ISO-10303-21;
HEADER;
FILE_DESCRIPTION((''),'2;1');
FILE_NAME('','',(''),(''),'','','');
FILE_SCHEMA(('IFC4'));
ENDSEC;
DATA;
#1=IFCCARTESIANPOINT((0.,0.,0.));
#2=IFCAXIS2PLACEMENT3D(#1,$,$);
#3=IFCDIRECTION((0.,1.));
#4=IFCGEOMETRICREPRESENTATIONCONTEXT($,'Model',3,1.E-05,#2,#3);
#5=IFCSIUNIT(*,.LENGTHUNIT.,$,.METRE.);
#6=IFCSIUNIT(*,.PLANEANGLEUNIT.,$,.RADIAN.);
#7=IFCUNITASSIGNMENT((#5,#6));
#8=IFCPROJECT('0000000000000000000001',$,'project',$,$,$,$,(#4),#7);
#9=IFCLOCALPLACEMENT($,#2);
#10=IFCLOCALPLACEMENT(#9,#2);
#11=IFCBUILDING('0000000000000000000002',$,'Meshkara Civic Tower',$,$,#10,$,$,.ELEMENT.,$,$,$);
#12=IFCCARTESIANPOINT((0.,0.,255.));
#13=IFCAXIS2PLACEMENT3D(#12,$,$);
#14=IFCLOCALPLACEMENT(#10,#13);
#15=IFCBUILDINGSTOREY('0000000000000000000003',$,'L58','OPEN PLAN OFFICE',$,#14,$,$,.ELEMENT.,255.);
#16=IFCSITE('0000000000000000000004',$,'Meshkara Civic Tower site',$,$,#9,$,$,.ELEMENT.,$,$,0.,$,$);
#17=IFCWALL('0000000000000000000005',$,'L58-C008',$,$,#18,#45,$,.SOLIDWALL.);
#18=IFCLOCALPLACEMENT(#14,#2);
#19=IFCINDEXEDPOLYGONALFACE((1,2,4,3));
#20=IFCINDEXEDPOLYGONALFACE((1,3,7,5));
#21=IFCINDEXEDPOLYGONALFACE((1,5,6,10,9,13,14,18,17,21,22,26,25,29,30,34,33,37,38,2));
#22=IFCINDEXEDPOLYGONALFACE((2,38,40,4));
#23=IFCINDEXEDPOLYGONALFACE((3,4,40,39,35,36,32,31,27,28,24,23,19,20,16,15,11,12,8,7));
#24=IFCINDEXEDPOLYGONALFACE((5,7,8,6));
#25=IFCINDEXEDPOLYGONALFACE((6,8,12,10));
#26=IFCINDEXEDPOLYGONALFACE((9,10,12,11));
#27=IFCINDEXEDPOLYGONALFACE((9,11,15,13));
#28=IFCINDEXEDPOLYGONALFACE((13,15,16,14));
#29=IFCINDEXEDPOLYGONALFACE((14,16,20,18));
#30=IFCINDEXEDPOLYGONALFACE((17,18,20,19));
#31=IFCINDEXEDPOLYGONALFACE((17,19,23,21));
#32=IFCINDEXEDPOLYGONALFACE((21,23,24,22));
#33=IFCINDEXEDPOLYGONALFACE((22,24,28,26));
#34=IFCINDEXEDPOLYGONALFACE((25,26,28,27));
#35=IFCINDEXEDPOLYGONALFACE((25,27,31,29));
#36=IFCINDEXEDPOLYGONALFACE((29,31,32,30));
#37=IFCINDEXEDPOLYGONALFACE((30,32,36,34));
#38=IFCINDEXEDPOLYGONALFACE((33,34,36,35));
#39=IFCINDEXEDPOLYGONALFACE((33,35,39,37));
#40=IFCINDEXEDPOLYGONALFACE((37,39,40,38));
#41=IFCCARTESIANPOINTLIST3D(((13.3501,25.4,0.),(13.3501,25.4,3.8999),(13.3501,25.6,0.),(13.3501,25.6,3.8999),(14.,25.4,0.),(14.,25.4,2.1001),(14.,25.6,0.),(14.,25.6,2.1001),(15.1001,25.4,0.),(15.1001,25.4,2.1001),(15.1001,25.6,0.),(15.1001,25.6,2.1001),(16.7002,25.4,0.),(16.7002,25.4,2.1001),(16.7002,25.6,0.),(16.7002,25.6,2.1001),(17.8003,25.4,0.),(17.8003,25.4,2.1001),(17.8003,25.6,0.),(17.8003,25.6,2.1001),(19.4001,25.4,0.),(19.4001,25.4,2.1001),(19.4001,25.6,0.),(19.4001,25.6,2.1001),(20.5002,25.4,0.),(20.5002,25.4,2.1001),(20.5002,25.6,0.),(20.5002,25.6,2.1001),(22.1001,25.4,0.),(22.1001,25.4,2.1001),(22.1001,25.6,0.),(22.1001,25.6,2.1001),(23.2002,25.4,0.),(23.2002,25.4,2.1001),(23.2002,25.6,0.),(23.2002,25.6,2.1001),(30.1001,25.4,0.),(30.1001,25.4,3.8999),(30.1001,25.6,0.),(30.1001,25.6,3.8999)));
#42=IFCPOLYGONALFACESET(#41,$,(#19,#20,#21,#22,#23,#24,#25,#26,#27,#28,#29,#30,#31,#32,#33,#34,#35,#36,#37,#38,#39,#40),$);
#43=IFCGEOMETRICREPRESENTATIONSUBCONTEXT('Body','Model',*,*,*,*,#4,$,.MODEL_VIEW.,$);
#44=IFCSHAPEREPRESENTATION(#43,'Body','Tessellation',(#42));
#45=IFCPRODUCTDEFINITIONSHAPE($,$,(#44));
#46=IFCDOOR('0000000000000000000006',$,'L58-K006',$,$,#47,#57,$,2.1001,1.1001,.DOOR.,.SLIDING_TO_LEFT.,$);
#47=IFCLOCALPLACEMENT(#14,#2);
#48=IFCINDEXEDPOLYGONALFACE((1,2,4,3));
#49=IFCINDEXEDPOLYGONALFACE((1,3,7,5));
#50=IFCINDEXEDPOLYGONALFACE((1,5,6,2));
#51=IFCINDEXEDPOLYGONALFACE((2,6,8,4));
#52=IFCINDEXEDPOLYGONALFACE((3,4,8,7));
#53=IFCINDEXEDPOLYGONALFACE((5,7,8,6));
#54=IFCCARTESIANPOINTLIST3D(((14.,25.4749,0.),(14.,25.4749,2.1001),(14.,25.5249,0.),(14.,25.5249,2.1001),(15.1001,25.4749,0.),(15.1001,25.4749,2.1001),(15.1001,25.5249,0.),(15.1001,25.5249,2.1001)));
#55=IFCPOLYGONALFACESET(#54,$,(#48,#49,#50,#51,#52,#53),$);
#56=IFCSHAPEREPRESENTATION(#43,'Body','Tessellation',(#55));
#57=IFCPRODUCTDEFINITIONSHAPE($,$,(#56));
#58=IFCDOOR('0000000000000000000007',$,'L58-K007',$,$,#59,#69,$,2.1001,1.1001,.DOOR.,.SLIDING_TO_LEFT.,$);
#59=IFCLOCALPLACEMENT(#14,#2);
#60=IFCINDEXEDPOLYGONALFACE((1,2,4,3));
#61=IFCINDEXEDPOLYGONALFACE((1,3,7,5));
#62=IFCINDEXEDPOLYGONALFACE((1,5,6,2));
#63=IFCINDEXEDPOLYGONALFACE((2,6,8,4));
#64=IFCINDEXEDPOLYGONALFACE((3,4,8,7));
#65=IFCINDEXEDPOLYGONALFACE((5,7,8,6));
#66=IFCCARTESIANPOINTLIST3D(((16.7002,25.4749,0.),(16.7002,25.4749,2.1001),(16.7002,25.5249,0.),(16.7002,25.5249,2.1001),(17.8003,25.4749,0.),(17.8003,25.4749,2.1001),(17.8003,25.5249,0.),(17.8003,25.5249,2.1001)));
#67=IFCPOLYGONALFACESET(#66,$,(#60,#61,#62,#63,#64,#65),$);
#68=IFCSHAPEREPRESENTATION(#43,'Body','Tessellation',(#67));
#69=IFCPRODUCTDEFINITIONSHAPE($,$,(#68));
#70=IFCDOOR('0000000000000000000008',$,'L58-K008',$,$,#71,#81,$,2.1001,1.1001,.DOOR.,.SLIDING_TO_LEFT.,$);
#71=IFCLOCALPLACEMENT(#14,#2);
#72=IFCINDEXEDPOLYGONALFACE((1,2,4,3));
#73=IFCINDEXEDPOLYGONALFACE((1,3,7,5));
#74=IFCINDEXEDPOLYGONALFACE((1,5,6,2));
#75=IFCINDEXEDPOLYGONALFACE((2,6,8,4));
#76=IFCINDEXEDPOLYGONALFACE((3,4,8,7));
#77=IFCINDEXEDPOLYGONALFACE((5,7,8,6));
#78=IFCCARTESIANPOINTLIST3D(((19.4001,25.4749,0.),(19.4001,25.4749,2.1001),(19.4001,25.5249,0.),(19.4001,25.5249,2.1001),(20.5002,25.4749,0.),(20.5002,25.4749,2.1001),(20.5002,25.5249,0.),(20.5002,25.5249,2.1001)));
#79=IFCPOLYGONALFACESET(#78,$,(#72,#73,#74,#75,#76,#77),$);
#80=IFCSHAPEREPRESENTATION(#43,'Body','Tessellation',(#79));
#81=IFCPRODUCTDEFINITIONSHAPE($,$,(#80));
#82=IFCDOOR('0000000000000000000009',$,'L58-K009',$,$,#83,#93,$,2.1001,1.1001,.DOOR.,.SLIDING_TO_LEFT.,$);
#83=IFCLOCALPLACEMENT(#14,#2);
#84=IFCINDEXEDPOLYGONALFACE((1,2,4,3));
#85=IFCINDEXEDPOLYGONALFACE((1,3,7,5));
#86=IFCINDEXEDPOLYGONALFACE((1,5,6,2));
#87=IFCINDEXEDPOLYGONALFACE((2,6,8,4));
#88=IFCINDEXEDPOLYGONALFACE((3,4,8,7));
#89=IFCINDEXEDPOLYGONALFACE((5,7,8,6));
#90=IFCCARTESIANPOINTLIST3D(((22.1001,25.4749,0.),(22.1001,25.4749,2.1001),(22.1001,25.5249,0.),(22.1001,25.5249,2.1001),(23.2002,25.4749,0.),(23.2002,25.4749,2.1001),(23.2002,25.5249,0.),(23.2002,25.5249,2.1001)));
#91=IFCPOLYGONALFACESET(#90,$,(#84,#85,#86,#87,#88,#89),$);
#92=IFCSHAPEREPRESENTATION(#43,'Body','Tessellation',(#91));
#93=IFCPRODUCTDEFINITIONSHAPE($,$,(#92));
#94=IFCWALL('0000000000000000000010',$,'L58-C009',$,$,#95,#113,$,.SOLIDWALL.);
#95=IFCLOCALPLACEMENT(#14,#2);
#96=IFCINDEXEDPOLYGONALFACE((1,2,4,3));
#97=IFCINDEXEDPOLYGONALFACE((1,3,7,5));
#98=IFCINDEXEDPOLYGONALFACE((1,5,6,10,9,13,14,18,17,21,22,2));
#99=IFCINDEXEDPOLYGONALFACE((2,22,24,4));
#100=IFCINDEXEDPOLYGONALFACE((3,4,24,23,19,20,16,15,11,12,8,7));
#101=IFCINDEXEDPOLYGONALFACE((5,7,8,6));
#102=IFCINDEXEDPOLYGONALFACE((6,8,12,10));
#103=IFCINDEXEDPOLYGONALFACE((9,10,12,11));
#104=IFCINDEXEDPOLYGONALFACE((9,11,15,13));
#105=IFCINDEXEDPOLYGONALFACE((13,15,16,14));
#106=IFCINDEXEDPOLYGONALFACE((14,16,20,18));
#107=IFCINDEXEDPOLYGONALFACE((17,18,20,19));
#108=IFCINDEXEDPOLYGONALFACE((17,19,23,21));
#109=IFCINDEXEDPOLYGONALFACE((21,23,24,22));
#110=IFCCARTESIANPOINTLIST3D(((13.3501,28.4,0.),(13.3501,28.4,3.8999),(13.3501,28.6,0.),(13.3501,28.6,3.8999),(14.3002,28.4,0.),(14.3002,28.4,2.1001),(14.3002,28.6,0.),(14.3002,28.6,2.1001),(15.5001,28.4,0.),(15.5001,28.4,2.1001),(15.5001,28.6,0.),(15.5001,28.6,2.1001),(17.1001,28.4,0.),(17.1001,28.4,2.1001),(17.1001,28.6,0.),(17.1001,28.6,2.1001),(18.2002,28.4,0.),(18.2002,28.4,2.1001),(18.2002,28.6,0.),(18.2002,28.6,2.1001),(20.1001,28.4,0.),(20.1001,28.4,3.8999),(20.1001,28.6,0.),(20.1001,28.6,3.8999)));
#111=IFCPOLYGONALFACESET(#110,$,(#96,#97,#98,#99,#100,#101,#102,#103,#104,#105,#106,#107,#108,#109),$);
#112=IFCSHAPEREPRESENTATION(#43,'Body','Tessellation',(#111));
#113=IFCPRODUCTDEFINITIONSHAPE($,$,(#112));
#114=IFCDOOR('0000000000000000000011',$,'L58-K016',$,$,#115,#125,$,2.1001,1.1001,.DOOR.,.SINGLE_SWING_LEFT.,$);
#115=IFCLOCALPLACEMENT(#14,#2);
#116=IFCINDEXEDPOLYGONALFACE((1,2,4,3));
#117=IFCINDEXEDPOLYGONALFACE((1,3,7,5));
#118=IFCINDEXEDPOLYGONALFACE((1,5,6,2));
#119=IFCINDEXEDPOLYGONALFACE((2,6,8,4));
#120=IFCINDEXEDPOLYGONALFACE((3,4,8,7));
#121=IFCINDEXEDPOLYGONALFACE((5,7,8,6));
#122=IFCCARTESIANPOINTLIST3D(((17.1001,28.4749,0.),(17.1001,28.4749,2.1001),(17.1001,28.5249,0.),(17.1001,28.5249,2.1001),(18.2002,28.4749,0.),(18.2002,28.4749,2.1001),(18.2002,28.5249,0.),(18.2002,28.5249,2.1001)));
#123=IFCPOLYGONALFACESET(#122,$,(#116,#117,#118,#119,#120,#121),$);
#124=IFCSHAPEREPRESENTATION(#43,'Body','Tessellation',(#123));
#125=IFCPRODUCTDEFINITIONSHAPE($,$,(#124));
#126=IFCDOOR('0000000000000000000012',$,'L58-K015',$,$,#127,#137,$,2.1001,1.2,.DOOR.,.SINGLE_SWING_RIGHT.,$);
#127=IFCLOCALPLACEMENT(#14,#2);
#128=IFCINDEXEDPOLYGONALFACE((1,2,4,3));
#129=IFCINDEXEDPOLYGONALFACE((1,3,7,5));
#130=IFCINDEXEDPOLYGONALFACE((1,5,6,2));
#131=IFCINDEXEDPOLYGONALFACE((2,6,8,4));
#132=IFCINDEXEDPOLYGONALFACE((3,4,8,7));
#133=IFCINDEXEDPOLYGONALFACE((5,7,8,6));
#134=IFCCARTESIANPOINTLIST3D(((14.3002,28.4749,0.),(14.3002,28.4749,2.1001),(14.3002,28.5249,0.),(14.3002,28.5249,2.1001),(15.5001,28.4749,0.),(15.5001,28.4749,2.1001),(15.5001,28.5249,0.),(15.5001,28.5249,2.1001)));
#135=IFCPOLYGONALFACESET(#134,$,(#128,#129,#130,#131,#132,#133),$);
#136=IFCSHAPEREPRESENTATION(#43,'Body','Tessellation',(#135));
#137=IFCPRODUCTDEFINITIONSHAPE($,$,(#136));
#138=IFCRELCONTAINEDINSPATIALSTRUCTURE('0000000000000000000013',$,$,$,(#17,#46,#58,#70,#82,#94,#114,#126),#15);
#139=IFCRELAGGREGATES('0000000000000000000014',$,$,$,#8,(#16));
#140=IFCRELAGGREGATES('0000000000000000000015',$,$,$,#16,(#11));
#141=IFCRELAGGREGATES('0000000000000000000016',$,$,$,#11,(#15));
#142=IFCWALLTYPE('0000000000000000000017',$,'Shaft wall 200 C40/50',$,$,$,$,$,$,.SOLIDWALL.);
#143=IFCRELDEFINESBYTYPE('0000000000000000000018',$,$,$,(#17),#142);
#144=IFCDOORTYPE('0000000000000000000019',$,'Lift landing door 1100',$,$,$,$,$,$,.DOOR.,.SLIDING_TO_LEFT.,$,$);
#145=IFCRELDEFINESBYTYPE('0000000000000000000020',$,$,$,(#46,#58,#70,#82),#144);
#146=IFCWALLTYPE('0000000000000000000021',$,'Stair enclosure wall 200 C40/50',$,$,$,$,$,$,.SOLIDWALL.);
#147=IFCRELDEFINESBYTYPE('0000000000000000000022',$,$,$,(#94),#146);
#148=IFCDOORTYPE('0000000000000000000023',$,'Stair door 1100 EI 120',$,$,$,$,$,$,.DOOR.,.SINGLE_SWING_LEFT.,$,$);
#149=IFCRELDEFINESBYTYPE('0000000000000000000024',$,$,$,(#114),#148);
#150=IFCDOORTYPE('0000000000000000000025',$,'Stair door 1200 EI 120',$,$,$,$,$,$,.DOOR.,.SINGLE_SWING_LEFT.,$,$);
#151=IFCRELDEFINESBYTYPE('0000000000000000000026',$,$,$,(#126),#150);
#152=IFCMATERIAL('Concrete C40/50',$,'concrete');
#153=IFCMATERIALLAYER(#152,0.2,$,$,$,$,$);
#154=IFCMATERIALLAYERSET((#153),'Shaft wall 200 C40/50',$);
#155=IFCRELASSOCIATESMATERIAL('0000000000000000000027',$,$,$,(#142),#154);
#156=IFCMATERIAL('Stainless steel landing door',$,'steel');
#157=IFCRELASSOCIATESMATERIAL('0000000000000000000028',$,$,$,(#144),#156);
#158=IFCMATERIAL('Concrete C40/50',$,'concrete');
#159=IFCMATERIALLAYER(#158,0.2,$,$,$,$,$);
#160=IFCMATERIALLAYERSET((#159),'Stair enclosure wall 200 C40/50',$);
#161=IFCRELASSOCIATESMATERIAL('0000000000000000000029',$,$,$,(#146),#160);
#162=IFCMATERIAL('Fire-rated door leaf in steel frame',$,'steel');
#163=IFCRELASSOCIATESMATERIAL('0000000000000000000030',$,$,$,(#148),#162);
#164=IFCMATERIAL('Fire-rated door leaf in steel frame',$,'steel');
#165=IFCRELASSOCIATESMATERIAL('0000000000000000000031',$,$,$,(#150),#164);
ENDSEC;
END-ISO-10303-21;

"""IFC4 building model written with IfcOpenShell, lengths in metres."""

from ifc_helpers import new_model, si_unit, direction, frame, frame_2d, origin, place, context, subcontext, project, spatial, rectangle, extrude, material, layer, layer_set, type_object, element, fill, save


model = new_model("IFC4")

# Units and contexts
model_context = context("Model", 3, precision=1e-05, world=origin(), true_north=direction((0.0, 1.0)))
body_context = subcontext(model_context, "Body", "Model", "MODEL_VIEW")
ifc_project = project(units=[si_unit("LENGTHUNIT", "METRE"), si_unit("PLANEANGLEUNIT", "RADIAN")], contexts=[model_context])

# Site, building, storey
site_placement = place(None, origin())
site = spatial("IfcSite", under=ifc_project, at=site_placement, Name="Meshkara Civic Tower site", CompositionType="ELEMENT", RefElevation=0.0)
building_placement = place(site_placement, origin())
building = spatial("IfcBuilding", under=site, at=building_placement, Name="Meshkara Civic Tower", CompositionType="ELEMENT")
storey_placement = place(building_placement, frame((0.0, 0.0, 255.0)))
storey = spatial("IfcBuildingStorey", under=building, at=storey_placement, Name="L58", Description="OPEN PLAN OFFICE", CompositionType="ELEMENT", Elevation=255.0)

# Walls, openings, doors
ifc_material_1 = material(Name="Concrete C40/50", Category="concrete")
ifc_layer_1 = layer(ifc_material_1, 0.2)
ifc_layer_set_1 = layer_set([ifc_layer_1], Name="Shaft wall 200 C40/50")
wall_type_1 = type_object("IfcWallType", Name="Shaft wall 200 C40/50", PredefinedType="SOLIDWALL", material=ifc_layer_set_1)
wall_1_placement = place(storey_placement, frame((13.3501, 25.5, 0.0), z_axis=(0.0, 0.0, 1.0), x_axis=(1.0, 0.0, 0.0)))
wall_1 = element("IfcWall", 1, at=wall_1_placement, inside=storey, type_object=wall_type_1, Name="L58-C008", PredefinedType="SOLIDWALL", context=body_context, shape_type="SweptSolid", body=[
    extrude(rectangle(XDim=16.75, YDim=0.2, at=frame_2d((8.375, 0.0))), origin(), (0.0, 0.0, 1.0), 3.8999),
])
opening_1_placement = place(wall_1_placement, frame((0.6499, 0.0, 0.0)))
opening_1 = element("IfcOpeningElement", 2, at=opening_1_placement, cuts=wall_1, PredefinedType="OPENING", context=body_context, shape_type="SweptSolid", body=[
    extrude(rectangle(XDim=1.1001, YDim=2.1001, at=frame_2d((0.55, 1.05))), frame((0.0, 0.1099, 0.0), z_axis=(0.0, -1.0, 0.0), x_axis=(1.0, 0.0, 0.0)), (0.0, 0.0, 1.0), 0.22),
])
opening_2_placement = place(wall_1_placement, frame((3.3501, 0.0, 0.0)))
opening_2 = element("IfcOpeningElement", 3, at=opening_2_placement, cuts=wall_1, PredefinedType="OPENING", context=body_context, shape_type="SweptSolid", body=[
    extrude(rectangle(XDim=1.1001, YDim=2.1001, at=frame_2d((0.55, 1.05))), frame((0.0, 0.1099, 0.0), z_axis=(0.0, -1.0, 0.0), x_axis=(1.0, 0.0, 0.0)), (0.0, 0.0, 1.0), 0.22),
])
opening_3_placement = place(wall_1_placement, frame((6.05, 0.0, 0.0)))
opening_3 = element("IfcOpeningElement", 4, at=opening_3_placement, cuts=wall_1, PredefinedType="OPENING", context=body_context, shape_type="SweptSolid", body=[
    extrude(rectangle(XDim=1.1001, YDim=2.1001, at=frame_2d((0.55, 1.05))), frame((0.0, 0.1099, 0.0), z_axis=(0.0, -1.0, 0.0), x_axis=(1.0, 0.0, 0.0)), (0.0, 0.0, 1.0), 0.22),
])
opening_4_placement = place(wall_1_placement, frame((8.75, 0.0, 0.0)))
opening_4 = element("IfcOpeningElement", 5, at=opening_4_placement, cuts=wall_1, PredefinedType="OPENING", context=body_context, shape_type="SweptSolid", body=[
    extrude(rectangle(XDim=1.1001, YDim=2.1001, at=frame_2d((0.55, 1.05))), frame((0.0, 0.1099, 0.0), z_axis=(0.0, -1.0, 0.0), x_axis=(1.0, 0.0, 0.0)), (0.0, 0.0, 1.0), 0.22),
])
ifc_material_2 = material(Name="Stainless steel landing door", Category="steel")
door_type_1 = type_object("IfcDoorType", Name="Lift landing door 1100", OperationType="SLIDING_TO_LEFT", PredefinedType="DOOR", material=ifc_material_2)
door_1_placement = place(opening_1_placement, origin())
door_1 = element("IfcDoor", 6, at=door_1_placement, inside=storey, type_object=door_type_1, Name="L58-K006", OperationType="SLIDING_TO_LEFT", OverallHeight=2.1001, OverallWidth=1.1001, PredefinedType="DOOR", context=body_context, shape_type="SweptSolid", body=[
    extrude(rectangle(XDim=1.1001, YDim=2.1001, at=frame_2d((0.55, 1.05))), frame((0.0, 0.0249, 0.0), z_axis=(0.0, -1.0, 0.0), x_axis=(1.0, 0.0, 0.0)), (0.0, 0.0, 1.0), 0.05),
])
fill(opening_1, door_1)
door_2_placement = place(opening_2_placement, origin())
door_2 = element("IfcDoor", 7, at=door_2_placement, inside=storey, type_object=door_type_1, Name="L58-K007", OperationType="SLIDING_TO_LEFT", OverallHeight=2.1001, OverallWidth=1.1001, PredefinedType="DOOR", context=body_context, shape_type="SweptSolid", body=[
    extrude(rectangle(XDim=1.1001, YDim=2.1001, at=frame_2d((0.55, 1.05))), frame((0.0, 0.0249, 0.0), z_axis=(0.0, -1.0, 0.0), x_axis=(1.0, 0.0, 0.0)), (0.0, 0.0, 1.0), 0.05),
])
fill(opening_2, door_2)
door_3_placement = place(opening_3_placement, origin())
door_3 = element("IfcDoor", 8, at=door_3_placement, inside=storey, type_object=door_type_1, Name="L58-K008", OperationType="SLIDING_TO_LEFT", OverallHeight=2.1001, OverallWidth=1.1001, PredefinedType="DOOR", context=body_context, shape_type="SweptSolid", body=[
    extrude(rectangle(XDim=1.1001, YDim=2.1001, at=frame_2d((0.55, 1.05))), frame((0.0, 0.0249, 0.0), z_axis=(0.0, -1.0, 0.0), x_axis=(1.0, 0.0, 0.0)), (0.0, 0.0, 1.0), 0.05),
])
fill(opening_3, door_3)
door_4_placement = place(opening_4_placement, origin())
door_4 = element("IfcDoor", 9, at=door_4_placement, inside=storey, type_object=door_type_1, Name="L58-K009", OperationType="SLIDING_TO_LEFT", OverallHeight=2.1001, OverallWidth=1.1001, PredefinedType="DOOR", context=body_context, shape_type="SweptSolid", body=[
    extrude(rectangle(XDim=1.1001, YDim=2.1001, at=frame_2d((0.55, 1.05))), frame((0.0, 0.0249, 0.0), z_axis=(0.0, -1.0, 0.0), x_axis=(1.0, 0.0, 0.0)), (0.0, 0.0, 1.0), 0.05),
])
fill(opening_4, door_4)
ifc_material_3 = material(Name="Concrete C40/50", Category="concrete")
ifc_layer_2 = layer(ifc_material_3, 0.2)
ifc_layer_set_2 = layer_set([ifc_layer_2], Name="Stair enclosure wall 200 C40/50")
wall_type_2 = type_object("IfcWallType", Name="Stair enclosure wall 200 C40/50", PredefinedType="SOLIDWALL", material=ifc_layer_set_2)
wall_2_placement = place(storey_placement, frame((13.3501, 28.5, 0.0), z_axis=(0.0, 0.0, 1.0), x_axis=(1.0, 0.0, 0.0)))
wall_2 = element("IfcWall", 10, at=wall_2_placement, inside=storey, type_object=wall_type_2, Name="L58-C009", PredefinedType="SOLIDWALL", context=body_context, shape_type="SweptSolid", body=[
    extrude(rectangle(XDim=6.75, YDim=0.2, at=frame_2d((3.375, 0.0))), origin(), (0.0, 0.0, 1.0), 3.8999),
])
opening_5_placement = place(wall_2_placement, frame((0.95, 0.0, 0.0)))
opening_5 = element("IfcOpeningElement", 11, at=opening_5_placement, cuts=wall_2, PredefinedType="OPENING", context=body_context, shape_type="SweptSolid", body=[
    extrude(rectangle(XDim=1.2, YDim=2.1001, at=frame_2d((0.6001, 1.05))), frame((0.0, 0.1099, 0.0), z_axis=(0.0, -1.0, 0.0), x_axis=(1.0, 0.0, 0.0)), (0.0, 0.0, 1.0), 0.22),
])
opening_6_placement = place(wall_2_placement, frame((3.75, 0.0, 0.0)))
opening_6 = element("IfcOpeningElement", 12, at=opening_6_placement, cuts=wall_2, PredefinedType="OPENING", context=body_context, shape_type="SweptSolid", body=[
    extrude(rectangle(XDim=1.1001, YDim=2.1001, at=frame_2d((0.55, 1.05))), frame((0.0, 0.1099, 0.0), z_axis=(0.0, -1.0, 0.0), x_axis=(1.0, 0.0, 0.0)), (0.0, 0.0, 1.0), 0.22),
])
ifc_material_4 = material(Name="Fire-rated door leaf in steel frame", Category="steel")
door_type_2 = type_object("IfcDoorType", Name="Stair door 1100 EI 120", OperationType="SINGLE_SWING_LEFT", PredefinedType="DOOR", material=ifc_material_4)
door_5_placement = place(opening_6_placement, origin())
door_5 = element("IfcDoor", 13, at=door_5_placement, inside=storey, type_object=door_type_2, Name="L58-K016", OperationType="SINGLE_SWING_LEFT", OverallHeight=2.1001, OverallWidth=1.1001, PredefinedType="DOOR", context=body_context, shape_type="SweptSolid", body=[
    extrude(rectangle(XDim=1.1001, YDim=2.1001, at=frame_2d((0.55, 1.05))), frame((0.0, 0.0249, 0.0), z_axis=(0.0, -1.0, 0.0), x_axis=(1.0, 0.0, 0.0)), (0.0, 0.0, 1.0), 0.05),
])
fill(opening_6, door_5)
ifc_material_5 = material(Name="Fire-rated door leaf in steel frame", Category="steel")
door_type_3 = type_object("IfcDoorType", Name="Stair door 1200 EI 120", OperationType="SINGLE_SWING_LEFT", PredefinedType="DOOR", material=ifc_material_5)
door_6_placement = place(opening_5_placement, origin())
door_6 = element("IfcDoor", 14, at=door_6_placement, inside=storey, type_object=door_type_3, Name="L58-K015", OperationType="SINGLE_SWING_RIGHT", OverallHeight=2.1001, OverallWidth=1.2, PredefinedType="DOOR", context=body_context, shape_type="SweptSolid", body=[
    extrude(rectangle(XDim=1.2, YDim=2.1001, at=frame_2d((0.6001, 1.05))), frame((0.0, 0.0249, 0.0), z_axis=(0.0, -1.0, 0.0), x_axis=(1.0, 0.0, 0.0)), (0.0, 0.0, 1.0), 0.05),
])
fill(opening_5, door_6)

save(model, "model.ifc")
